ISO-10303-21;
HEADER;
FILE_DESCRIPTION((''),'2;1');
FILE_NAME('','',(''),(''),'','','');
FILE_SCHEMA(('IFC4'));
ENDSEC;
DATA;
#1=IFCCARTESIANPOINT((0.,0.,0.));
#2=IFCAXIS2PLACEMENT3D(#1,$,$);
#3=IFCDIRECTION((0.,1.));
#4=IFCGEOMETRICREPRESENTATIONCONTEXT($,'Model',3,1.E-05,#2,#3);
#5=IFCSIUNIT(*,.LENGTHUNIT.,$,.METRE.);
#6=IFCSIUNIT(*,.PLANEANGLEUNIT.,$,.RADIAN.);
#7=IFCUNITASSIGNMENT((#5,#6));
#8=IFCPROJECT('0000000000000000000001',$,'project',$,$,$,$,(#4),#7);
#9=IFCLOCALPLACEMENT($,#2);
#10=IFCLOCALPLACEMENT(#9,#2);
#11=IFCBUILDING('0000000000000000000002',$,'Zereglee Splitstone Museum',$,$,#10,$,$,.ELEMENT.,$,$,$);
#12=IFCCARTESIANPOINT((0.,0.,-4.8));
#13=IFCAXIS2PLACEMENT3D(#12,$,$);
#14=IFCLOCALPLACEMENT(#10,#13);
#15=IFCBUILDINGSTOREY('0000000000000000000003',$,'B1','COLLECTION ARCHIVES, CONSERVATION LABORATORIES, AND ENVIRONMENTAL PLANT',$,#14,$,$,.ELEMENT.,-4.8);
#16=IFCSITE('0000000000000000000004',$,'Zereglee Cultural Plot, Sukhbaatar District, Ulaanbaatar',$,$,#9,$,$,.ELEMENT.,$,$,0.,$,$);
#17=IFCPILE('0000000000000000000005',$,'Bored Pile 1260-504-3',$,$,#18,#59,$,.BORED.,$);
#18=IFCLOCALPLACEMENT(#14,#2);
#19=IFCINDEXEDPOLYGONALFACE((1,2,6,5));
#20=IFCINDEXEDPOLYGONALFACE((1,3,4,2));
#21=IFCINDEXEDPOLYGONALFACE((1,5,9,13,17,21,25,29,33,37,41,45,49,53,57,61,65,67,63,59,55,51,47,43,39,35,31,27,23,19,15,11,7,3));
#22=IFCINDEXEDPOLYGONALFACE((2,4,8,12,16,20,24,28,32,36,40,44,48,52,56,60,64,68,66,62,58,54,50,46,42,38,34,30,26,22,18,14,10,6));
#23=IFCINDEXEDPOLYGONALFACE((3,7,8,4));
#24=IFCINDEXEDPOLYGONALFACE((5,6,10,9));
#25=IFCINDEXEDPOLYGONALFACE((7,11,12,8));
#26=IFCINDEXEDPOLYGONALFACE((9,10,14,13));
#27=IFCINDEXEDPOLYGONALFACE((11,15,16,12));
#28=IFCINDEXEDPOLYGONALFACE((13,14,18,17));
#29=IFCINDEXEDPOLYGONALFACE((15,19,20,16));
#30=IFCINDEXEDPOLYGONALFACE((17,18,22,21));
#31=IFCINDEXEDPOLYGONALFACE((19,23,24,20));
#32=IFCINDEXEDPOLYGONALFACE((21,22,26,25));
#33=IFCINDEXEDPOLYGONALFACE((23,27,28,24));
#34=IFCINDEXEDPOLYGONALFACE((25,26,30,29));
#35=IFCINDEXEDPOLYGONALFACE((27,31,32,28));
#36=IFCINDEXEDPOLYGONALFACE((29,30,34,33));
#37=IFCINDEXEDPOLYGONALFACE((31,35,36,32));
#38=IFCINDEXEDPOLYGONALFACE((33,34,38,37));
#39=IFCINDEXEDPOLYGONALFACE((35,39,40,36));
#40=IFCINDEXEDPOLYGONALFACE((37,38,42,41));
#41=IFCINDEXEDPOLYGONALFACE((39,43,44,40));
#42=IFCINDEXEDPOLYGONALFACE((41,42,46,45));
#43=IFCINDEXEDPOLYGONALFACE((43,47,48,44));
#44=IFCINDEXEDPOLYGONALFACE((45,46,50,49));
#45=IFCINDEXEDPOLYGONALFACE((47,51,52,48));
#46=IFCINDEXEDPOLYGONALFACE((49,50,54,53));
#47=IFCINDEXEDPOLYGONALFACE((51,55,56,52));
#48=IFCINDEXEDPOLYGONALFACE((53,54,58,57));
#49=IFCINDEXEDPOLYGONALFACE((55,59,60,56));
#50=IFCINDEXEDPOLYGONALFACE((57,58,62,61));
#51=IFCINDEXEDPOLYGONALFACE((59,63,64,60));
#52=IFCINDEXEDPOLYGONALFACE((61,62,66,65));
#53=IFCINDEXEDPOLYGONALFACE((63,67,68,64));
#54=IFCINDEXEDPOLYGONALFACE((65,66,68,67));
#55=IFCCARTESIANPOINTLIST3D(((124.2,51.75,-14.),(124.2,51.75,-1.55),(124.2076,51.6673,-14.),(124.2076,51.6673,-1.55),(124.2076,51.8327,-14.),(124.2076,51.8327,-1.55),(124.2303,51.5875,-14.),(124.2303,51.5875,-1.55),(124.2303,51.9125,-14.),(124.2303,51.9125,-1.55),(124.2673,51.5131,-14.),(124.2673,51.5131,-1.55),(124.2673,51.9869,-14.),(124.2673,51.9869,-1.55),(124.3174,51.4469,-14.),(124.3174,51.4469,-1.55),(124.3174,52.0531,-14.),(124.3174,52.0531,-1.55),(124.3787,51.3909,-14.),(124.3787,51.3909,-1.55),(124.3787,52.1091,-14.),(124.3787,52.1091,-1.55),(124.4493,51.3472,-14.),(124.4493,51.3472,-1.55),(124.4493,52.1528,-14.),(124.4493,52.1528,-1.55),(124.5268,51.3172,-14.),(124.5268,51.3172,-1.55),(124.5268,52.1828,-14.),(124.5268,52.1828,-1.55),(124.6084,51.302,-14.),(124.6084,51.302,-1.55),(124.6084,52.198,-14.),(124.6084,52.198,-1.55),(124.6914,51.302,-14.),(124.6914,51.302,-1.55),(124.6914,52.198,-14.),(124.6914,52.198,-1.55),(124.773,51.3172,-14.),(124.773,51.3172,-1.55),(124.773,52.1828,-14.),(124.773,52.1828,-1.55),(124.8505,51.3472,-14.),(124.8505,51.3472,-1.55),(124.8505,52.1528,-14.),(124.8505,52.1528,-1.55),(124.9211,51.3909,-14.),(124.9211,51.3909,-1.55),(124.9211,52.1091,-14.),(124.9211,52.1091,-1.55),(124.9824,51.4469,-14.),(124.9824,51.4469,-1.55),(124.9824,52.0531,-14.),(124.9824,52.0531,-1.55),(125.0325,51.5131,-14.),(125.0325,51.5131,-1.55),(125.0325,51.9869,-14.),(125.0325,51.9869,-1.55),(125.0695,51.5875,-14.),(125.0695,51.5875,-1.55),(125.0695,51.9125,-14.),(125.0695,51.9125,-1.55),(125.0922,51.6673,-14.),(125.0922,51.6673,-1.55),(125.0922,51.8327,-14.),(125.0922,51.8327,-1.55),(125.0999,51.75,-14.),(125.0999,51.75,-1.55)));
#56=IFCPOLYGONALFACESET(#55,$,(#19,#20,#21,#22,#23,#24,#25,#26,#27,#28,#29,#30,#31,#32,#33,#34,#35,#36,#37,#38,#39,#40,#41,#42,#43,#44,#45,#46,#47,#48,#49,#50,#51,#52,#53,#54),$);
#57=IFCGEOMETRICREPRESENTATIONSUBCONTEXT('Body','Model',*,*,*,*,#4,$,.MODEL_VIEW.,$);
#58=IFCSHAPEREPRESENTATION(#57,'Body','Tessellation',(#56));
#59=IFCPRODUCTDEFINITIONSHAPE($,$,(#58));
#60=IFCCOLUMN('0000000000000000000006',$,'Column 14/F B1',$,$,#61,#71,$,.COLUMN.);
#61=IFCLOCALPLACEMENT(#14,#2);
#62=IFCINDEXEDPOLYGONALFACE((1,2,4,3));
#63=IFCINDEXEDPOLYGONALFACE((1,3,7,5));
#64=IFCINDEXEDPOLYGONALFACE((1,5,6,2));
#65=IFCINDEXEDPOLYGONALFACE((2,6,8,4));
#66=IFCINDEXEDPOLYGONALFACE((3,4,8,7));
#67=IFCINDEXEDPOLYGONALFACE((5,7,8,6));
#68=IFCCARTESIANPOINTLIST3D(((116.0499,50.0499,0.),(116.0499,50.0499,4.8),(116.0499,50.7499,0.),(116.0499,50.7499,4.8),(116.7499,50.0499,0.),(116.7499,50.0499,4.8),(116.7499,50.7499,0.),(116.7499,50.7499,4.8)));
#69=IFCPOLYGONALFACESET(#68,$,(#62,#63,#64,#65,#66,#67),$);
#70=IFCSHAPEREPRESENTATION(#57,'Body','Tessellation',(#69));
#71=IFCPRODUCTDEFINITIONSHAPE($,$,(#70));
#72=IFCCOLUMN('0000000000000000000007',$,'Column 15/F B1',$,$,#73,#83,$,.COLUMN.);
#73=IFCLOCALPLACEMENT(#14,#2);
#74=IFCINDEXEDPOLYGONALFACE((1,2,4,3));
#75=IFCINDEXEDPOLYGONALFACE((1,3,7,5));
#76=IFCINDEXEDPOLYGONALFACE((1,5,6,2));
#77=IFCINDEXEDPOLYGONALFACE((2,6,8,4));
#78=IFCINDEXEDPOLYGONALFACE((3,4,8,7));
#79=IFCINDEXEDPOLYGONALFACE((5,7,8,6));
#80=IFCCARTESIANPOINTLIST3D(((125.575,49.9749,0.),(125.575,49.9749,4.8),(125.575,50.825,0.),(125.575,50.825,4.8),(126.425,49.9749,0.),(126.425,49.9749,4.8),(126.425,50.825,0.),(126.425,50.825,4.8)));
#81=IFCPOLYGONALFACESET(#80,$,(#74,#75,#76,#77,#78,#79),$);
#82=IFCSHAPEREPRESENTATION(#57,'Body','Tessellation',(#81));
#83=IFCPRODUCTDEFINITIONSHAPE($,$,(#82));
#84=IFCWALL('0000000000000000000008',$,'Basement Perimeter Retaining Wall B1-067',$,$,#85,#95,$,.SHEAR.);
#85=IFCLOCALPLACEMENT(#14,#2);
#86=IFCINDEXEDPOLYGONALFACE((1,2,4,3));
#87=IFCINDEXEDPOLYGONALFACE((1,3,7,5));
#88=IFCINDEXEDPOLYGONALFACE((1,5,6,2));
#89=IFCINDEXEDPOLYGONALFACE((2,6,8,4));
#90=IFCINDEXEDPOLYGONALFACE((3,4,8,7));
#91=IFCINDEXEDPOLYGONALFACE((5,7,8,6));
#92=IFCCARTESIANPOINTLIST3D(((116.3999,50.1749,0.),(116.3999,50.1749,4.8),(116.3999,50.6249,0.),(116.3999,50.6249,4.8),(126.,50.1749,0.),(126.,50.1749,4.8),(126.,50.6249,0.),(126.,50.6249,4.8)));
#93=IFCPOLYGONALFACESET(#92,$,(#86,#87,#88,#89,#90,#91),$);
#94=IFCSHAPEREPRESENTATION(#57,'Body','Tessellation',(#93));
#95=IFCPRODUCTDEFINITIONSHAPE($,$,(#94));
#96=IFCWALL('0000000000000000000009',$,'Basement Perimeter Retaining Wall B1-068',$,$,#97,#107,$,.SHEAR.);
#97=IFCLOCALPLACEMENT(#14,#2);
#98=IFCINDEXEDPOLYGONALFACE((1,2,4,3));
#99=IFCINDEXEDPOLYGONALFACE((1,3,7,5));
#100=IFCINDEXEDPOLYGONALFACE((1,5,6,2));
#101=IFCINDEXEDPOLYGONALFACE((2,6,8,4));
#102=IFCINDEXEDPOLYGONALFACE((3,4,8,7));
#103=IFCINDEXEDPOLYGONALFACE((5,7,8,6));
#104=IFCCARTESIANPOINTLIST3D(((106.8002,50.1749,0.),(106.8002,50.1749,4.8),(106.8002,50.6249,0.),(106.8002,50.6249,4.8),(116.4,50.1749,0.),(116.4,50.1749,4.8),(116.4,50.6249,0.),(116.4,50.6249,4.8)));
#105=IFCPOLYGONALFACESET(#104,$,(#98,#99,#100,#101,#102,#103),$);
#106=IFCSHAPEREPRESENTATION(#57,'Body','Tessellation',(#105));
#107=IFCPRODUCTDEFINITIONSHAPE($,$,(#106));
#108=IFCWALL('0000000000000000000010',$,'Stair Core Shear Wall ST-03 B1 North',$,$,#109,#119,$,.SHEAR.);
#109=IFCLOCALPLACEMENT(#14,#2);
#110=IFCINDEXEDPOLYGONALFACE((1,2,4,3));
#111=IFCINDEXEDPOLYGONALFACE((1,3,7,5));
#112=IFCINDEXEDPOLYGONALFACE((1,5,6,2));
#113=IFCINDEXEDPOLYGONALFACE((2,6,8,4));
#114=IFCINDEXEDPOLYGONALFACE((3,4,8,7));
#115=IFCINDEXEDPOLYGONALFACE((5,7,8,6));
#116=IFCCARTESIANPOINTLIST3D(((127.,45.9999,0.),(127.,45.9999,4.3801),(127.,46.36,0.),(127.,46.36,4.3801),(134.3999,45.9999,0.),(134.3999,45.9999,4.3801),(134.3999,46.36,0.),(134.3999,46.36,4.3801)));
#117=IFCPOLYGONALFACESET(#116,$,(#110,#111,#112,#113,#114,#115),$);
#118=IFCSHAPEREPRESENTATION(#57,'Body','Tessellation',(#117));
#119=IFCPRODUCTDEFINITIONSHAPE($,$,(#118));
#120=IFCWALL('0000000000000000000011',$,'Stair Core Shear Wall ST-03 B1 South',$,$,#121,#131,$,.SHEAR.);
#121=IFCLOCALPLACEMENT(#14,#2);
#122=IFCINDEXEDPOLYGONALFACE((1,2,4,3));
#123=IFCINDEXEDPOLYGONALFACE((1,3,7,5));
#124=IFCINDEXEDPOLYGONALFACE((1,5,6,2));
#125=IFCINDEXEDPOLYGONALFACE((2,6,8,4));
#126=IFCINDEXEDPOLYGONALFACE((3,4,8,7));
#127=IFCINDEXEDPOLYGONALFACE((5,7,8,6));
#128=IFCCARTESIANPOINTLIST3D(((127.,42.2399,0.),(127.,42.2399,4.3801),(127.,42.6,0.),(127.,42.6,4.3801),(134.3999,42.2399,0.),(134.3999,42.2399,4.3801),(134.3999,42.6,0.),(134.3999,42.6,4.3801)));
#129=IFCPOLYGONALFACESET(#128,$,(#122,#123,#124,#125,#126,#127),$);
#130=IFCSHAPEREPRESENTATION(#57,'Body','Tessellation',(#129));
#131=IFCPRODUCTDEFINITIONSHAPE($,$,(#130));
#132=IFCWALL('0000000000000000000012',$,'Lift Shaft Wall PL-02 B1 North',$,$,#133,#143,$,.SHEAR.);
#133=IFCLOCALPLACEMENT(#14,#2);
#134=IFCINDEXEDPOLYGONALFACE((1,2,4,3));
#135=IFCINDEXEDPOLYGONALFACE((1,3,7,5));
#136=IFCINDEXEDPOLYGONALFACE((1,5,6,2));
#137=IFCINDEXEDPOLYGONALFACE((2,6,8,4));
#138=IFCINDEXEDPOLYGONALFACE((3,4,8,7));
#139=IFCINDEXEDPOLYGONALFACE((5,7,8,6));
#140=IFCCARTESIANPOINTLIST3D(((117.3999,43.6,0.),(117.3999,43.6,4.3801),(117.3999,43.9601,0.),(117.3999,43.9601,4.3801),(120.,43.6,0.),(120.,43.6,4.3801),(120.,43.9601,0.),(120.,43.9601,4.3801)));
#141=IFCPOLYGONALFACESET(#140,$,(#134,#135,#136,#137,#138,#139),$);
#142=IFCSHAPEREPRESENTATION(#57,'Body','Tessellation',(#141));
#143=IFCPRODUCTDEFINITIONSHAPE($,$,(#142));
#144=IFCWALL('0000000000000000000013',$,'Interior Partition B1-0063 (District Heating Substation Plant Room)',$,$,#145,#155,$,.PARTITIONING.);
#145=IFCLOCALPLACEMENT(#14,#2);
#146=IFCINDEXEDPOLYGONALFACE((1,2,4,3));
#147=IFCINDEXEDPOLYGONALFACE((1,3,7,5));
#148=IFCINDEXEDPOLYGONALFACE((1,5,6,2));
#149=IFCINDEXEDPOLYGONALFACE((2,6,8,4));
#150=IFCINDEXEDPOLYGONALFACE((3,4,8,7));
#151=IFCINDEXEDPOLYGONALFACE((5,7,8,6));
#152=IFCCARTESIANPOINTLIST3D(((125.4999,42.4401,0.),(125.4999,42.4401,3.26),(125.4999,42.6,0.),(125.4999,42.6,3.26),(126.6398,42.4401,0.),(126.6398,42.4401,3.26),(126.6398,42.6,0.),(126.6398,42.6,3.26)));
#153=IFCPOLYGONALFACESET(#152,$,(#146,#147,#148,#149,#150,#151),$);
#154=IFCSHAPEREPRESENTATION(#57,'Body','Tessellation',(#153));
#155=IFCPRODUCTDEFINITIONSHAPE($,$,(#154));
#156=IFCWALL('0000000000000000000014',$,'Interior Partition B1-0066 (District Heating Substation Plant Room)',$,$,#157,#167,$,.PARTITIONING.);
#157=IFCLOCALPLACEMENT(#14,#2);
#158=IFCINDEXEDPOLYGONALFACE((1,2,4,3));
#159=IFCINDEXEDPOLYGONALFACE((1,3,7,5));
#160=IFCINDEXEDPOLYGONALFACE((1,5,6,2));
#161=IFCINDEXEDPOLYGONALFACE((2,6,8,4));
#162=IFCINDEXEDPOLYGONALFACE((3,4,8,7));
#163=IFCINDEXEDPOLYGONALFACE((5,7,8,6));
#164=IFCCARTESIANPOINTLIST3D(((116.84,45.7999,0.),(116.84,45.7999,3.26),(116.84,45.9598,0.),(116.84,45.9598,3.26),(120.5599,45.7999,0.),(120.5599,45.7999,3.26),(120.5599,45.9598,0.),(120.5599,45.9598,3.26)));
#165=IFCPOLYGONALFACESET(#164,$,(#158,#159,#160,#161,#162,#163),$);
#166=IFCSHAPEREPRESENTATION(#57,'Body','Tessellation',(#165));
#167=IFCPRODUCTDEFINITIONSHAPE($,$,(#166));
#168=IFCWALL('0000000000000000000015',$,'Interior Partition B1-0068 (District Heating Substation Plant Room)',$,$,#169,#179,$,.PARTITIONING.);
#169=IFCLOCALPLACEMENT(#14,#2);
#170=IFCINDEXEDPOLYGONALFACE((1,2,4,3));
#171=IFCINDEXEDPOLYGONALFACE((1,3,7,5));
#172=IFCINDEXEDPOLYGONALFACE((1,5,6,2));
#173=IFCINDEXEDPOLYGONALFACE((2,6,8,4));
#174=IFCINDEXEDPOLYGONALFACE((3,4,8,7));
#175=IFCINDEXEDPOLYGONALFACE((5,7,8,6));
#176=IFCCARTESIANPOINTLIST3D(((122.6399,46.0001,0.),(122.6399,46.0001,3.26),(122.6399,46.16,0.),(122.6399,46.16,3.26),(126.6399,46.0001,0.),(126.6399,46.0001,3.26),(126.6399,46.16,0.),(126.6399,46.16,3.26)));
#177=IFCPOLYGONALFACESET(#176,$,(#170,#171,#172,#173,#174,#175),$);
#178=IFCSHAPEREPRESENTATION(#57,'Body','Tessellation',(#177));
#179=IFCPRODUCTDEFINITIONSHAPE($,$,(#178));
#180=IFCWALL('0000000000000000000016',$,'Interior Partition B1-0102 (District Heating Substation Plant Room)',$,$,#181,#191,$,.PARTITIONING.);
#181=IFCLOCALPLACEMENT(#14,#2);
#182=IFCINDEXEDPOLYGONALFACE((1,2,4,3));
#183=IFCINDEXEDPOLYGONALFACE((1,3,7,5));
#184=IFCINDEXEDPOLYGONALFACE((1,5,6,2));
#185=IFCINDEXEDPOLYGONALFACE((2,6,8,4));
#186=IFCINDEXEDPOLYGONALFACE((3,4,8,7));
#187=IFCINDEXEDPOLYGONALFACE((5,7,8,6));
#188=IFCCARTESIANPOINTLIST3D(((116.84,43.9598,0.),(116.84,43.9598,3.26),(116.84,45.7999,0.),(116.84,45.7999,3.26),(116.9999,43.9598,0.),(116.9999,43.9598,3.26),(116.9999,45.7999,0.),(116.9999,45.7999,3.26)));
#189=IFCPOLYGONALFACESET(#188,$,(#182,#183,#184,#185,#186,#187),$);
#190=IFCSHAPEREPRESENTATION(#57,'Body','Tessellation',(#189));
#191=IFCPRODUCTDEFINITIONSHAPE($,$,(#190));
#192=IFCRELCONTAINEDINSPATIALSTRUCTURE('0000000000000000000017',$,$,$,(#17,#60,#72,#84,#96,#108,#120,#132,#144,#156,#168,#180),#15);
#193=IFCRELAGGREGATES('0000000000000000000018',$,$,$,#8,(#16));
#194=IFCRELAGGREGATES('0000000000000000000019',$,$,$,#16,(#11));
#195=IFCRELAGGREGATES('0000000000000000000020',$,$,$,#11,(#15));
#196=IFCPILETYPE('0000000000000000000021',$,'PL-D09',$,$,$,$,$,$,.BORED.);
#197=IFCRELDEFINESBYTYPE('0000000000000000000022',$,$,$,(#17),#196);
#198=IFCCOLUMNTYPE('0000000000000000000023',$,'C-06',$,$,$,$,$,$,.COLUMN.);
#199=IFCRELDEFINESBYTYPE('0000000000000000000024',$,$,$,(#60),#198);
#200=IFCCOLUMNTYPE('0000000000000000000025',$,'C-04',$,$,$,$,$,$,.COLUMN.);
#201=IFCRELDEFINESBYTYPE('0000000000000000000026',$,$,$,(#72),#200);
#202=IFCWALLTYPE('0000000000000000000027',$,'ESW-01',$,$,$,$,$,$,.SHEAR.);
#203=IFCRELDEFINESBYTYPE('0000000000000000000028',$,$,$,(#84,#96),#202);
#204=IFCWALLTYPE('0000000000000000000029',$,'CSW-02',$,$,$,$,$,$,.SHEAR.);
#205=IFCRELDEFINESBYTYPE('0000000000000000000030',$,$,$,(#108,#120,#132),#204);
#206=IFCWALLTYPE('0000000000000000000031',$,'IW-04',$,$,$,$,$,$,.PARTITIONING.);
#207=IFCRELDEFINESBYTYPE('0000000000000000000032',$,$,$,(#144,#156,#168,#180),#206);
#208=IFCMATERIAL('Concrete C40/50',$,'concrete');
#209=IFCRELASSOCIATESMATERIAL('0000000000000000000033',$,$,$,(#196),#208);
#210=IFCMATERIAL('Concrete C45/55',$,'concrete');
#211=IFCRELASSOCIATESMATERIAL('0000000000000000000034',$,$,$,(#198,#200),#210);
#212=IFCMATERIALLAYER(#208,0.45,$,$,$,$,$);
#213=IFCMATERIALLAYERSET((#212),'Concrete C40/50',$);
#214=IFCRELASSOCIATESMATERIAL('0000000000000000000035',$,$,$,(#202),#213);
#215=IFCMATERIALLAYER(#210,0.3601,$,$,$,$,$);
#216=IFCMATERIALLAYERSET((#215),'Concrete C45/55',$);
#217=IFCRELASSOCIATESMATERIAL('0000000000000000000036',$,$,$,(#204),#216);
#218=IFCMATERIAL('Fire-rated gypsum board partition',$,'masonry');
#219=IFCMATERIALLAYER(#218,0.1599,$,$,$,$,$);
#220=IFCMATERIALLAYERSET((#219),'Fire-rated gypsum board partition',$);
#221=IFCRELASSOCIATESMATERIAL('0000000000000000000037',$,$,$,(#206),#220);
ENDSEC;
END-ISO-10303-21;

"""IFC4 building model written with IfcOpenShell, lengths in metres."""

from ifc_helpers import new_model, si_unit, direction, frame, frame_2d, origin, origin_2d, place, context, subcontext, project, spatial, rectangle, circle, extrude, material, layer, layer_set, material_profile, profile_set, type_object, element, save


model = new_model("IFC4")

# Units and contexts
model_context = context("Model", 3, precision=1e-05, world=origin(), true_north=direction((0.0, 1.0)))
body_context = subcontext(model_context, "Body", "Model", "MODEL_VIEW")
ifc_project = project(units=[si_unit("LENGTHUNIT", "METRE"), si_unit("PLANEANGLEUNIT", "RADIAN")], contexts=[model_context])

# Site, building, storey
site_placement = place(None, origin())
site = spatial("IfcSite", under=ifc_project, at=site_placement, Name="Zereglee Cultural Plot, Sukhbaatar District, Ulaanbaatar", CompositionType="ELEMENT", RefElevation=0.0)
building_placement = place(site_placement, origin())
building = spatial("IfcBuilding", under=site, at=building_placement, Name="Zereglee Splitstone Museum", CompositionType="ELEMENT")
storey_placement = place(building_placement, frame((0.0, 0.0, -4.8)))
storey = spatial("IfcBuildingStorey", under=building, at=storey_placement, Name="B1", Description="COLLECTION ARCHIVES, CONSERVATION LABORATORIES, AND ENVIRONMENTAL PLANT", CompositionType="ELEMENT", Elevation=-4.8)

# Shared definitions
ifc_material_1 = material(Name="Concrete C40/50", Category="concrete")

# Pile
ifc_material_profile_1 = material_profile(ifc_material_1, circle(Radius=0.45, at=origin_2d()), Name="PILE D900")
ifc_profile_set_1 = profile_set([ifc_material_profile_1], Name="Concrete C40/50")
pile_type = type_object("IfcPileType", Name="PL-D09", PredefinedType="BORED", material=ifc_profile_set_1)
for number, where, z_axis, x_axis, name in (
    (1, (124.6499, 51.75, -1.55), (0.0, 0.0, -1.0), (1.0, 0.0, 0.0), "Bored Pile 1260-504-3"),
):
    element("IfcPile", number, at=place(storey_placement, frame(where, z_axis=z_axis, x_axis=x_axis)), inside=storey, type_object=pile_type, Name=name, PredefinedType="BORED", context=body_context, shape_type="SweptSolid", body=[
        extrude(circle(Radius=0.45, at=origin_2d()), origin(), (0.0, 0.0, 1.0), 12.45),
    ])

# Columns
ifc_material_2 = material(Name="Concrete C45/55", Category="concrete")
ifc_material_profile_2 = material_profile(ifc_material_2, rectangle(XDim=0.7, YDim=0.7, at=origin_2d()), Name="RC 700x700")
ifc_profile_set_2 = profile_set([ifc_material_profile_2], Name="Concrete C45/55")
column_type_1 = type_object("IfcColumnType", Name="C-06", PredefinedType="COLUMN", material=ifc_profile_set_2)
column_1_placement = place(storey_placement, frame((116.3999, 50.3999, 0.0), z_axis=(0.0, 0.0, 1.0), x_axis=(1.0, 0.0, 0.0)))
element("IfcColumn", 2, at=column_1_placement, inside=storey, type_object=column_type_1, Name="Column 14/F B1", PredefinedType="COLUMN", context=body_context, shape_type="SweptSolid", body=[
    extrude(rectangle(XDim=0.7, YDim=0.7, at=origin_2d()), origin(), (0.0, 0.0, 1.0), 4.8),
])
ifc_material_profile_3 = material_profile(ifc_material_2, rectangle(XDim=0.8501, YDim=0.8501, at=origin_2d()), Name="RC 850x850")
ifc_profile_set_3 = profile_set([ifc_material_profile_3], Name="Concrete C45/55")
column_type_2 = type_object("IfcColumnType", Name="C-04", PredefinedType="COLUMN", material=ifc_profile_set_3)
column_2_placement = place(storey_placement, frame((126.0, 50.3999, 0.0), z_axis=(0.0, 0.0, 1.0), x_axis=(1.0, 0.0, 0.0)))
element("IfcColumn", 3, at=column_2_placement, inside=storey, type_object=column_type_2, Name="Column 15/F B1", PredefinedType="COLUMN", context=body_context, shape_type="SweptSolid", body=[
    extrude(rectangle(XDim=0.8501, YDim=0.8501, at=origin_2d()), origin(), (0.0, 0.0, 1.0), 4.8),
])

# Walls
ifc_layer_1 = layer(ifc_material_1, 0.45)
ifc_layer_set_1 = layer_set([ifc_layer_1], Name="Concrete C40/50")
wall_type_1 = type_object("IfcWallType", Name="ESW-01", PredefinedType="SHEAR", material=ifc_layer_set_1)
wall_1_placement = place(storey_placement, frame((126.0, 50.3999, 0.0), z_axis=(0.0, 0.0, 1.0), x_axis=(-1.0, 0.0, 0.0)))
element("IfcWall", 4, at=wall_1_placement, inside=storey, type_object=wall_type_1, Name="Basement Perimeter Retaining Wall B1-067", PredefinedType="SHEAR", context=body_context, shape_type="SweptSolid", body=[
    extrude(rectangle(XDim=9.6001, YDim=0.45, at=frame_2d((4.8, 0.0))), origin(), (0.0, 0.0, 1.0), 4.8),
])
wall_2_placement = place(storey_placement, frame((116.3999, 50.3999, 0.0), z_axis=(0.0, 0.0, 1.0), x_axis=(-1.0, 0.0, 0.0)))
element("IfcWall", 5, at=wall_2_placement, inside=storey, type_object=wall_type_1, Name="Basement Perimeter Retaining Wall B1-068", PredefinedType="SHEAR", context=body_context, shape_type="SweptSolid", body=[
    extrude(rectangle(XDim=9.5999, YDim=0.45, at=frame_2d((4.7998, 0.0))), origin(), (0.0, 0.0, 1.0), 4.8),
])

# Shared definitions
ifc_layer_2 = layer(ifc_material_2, 0.3601)
ifc_layer_set_2 = layer_set([ifc_layer_2], Name="Concrete C45/55")
wall_type_2 = type_object("IfcWallType", Name="CSW-02", PredefinedType="SHEAR", material=ifc_layer_set_2)

# Walls
for number, where, z_axis, x_axis, name in (
    (6, (127.0, 46.1799, 0.0), (0.0, 0.0, 1.0), (1.0, 0.0, 0.0), "Stair Core Shear Wall ST-03 B1 North"),
    (7, (127.0, 42.4199, 0.0), (0.0, 0.0, 1.0), (1.0, 0.0, 0.0), "Stair Core Shear Wall ST-03 B1 South"),
):
    element("IfcWall", number, at=place(storey_placement, frame(where, z_axis=z_axis, x_axis=x_axis)), inside=storey, type_object=wall_type_2, Name=name, PredefinedType="SHEAR", context=body_context, shape_type="SweptSolid", body=[
        extrude(rectangle(XDim=7.3999, YDim=0.3601, at=frame_2d((3.7, 0.0))), origin(), (0.0, 0.0, 1.0), 4.3801),
    ])
wall_3_placement = place(storey_placement, frame((117.3999, 43.78, 0.0), z_axis=(0.0, 0.0, 1.0), x_axis=(1.0, 0.0, 0.0)))
element("IfcWall", 8, at=wall_3_placement, inside=storey, type_object=wall_type_2, Name="Lift Shaft Wall PL-02 B1 North", PredefinedType="SHEAR", context=body_context, shape_type="SweptSolid", body=[
    extrude(rectangle(XDim=2.6001, YDim=0.3601, at=frame_2d((1.3, 0.0))), origin(), (0.0, 0.0, 1.0), 4.3801),
])
ifc_material_3 = material(Name="Fire-rated gypsum board partition", Category="masonry")
ifc_layer_3 = layer(ifc_material_3, 0.1599)
ifc_layer_set_3 = layer_set([ifc_layer_3], Name="Fire-rated gypsum board partition")
wall_type_3 = type_object("IfcWallType", Name="IW-04", PredefinedType="PARTITIONING", material=ifc_layer_set_3)
wall_4_placement = place(storey_placement, frame((125.5, 42.52, 0.0), z_axis=(0.0, 0.0, 1.0), x_axis=(1.0, 0.0, 0.0)))
element("IfcWall", 9, at=wall_4_placement, inside=storey, type_object=wall_type_3, Name="Interior Partition B1-0063 (District Heating Substation Plant Room)", PredefinedType="PARTITIONING", context=body_context, shape_type="SweptSolid", body=[
    extrude(rectangle(XDim=1.1399, YDim=0.1599, at=frame_2d((0.5698, 0.0))), origin(), (0.0, 0.0, 1.0), 3.26),
])
wall_5_placement = place(storey_placement, frame((116.8401, 45.8799, 0.0), z_axis=(0.0, 0.0, 1.0), x_axis=(1.0, 0.0, 0.0)))
element("IfcWall", 10, at=wall_5_placement, inside=storey, type_object=wall_type_3, Name="Interior Partition B1-0066 (District Heating Substation Plant Room)", PredefinedType="PARTITIONING", context=body_context, shape_type="SweptSolid", body=[
    extrude(rectangle(XDim=3.72, YDim=0.1599, at=frame_2d((1.8599, 0.0))), origin(), (0.0, 0.0, 1.0), 3.26),
])
wall_6_placement = place(storey_placement, frame((122.6399, 46.0801, 0.0), z_axis=(0.0, 0.0, 1.0), x_axis=(1.0, 0.0, 0.0)))
element("IfcWall", 11, at=wall_6_placement, inside=storey, type_object=wall_type_3, Name="Interior Partition B1-0068 (District Heating Substation Plant Room)", PredefinedType="PARTITIONING", context=body_context, shape_type="SweptSolid", body=[
    extrude(rectangle(XDim=4.0, YDim=0.1599, at=frame_2d((2.0, 0.0))), origin(), (0.0, 0.0, 1.0), 3.26),
])
for number, where, z_axis, x_axis, name in (
    (12, (116.9199, 43.96, 0.0), (0.0, 0.0, 1.0), (0.0, 1.0, 0.0), "Interior Partition B1-0102 (District Heating Substation Plant Room)"),
):
    element("IfcWall", number, at=place(storey_placement, frame(where, z_axis=z_axis, x_axis=x_axis)), inside=storey, type_object=wall_type_3, Name=name, PredefinedType="PARTITIONING", context=body_context, shape_type="SweptSolid", body=[
        extrude(rectangle(XDim=1.8401, YDim=0.1599, at=frame_2d((0.9199, 0.0))), origin(), (0.0, 0.0, 1.0), 3.26),
    ])

save(model, "model.ifc")
